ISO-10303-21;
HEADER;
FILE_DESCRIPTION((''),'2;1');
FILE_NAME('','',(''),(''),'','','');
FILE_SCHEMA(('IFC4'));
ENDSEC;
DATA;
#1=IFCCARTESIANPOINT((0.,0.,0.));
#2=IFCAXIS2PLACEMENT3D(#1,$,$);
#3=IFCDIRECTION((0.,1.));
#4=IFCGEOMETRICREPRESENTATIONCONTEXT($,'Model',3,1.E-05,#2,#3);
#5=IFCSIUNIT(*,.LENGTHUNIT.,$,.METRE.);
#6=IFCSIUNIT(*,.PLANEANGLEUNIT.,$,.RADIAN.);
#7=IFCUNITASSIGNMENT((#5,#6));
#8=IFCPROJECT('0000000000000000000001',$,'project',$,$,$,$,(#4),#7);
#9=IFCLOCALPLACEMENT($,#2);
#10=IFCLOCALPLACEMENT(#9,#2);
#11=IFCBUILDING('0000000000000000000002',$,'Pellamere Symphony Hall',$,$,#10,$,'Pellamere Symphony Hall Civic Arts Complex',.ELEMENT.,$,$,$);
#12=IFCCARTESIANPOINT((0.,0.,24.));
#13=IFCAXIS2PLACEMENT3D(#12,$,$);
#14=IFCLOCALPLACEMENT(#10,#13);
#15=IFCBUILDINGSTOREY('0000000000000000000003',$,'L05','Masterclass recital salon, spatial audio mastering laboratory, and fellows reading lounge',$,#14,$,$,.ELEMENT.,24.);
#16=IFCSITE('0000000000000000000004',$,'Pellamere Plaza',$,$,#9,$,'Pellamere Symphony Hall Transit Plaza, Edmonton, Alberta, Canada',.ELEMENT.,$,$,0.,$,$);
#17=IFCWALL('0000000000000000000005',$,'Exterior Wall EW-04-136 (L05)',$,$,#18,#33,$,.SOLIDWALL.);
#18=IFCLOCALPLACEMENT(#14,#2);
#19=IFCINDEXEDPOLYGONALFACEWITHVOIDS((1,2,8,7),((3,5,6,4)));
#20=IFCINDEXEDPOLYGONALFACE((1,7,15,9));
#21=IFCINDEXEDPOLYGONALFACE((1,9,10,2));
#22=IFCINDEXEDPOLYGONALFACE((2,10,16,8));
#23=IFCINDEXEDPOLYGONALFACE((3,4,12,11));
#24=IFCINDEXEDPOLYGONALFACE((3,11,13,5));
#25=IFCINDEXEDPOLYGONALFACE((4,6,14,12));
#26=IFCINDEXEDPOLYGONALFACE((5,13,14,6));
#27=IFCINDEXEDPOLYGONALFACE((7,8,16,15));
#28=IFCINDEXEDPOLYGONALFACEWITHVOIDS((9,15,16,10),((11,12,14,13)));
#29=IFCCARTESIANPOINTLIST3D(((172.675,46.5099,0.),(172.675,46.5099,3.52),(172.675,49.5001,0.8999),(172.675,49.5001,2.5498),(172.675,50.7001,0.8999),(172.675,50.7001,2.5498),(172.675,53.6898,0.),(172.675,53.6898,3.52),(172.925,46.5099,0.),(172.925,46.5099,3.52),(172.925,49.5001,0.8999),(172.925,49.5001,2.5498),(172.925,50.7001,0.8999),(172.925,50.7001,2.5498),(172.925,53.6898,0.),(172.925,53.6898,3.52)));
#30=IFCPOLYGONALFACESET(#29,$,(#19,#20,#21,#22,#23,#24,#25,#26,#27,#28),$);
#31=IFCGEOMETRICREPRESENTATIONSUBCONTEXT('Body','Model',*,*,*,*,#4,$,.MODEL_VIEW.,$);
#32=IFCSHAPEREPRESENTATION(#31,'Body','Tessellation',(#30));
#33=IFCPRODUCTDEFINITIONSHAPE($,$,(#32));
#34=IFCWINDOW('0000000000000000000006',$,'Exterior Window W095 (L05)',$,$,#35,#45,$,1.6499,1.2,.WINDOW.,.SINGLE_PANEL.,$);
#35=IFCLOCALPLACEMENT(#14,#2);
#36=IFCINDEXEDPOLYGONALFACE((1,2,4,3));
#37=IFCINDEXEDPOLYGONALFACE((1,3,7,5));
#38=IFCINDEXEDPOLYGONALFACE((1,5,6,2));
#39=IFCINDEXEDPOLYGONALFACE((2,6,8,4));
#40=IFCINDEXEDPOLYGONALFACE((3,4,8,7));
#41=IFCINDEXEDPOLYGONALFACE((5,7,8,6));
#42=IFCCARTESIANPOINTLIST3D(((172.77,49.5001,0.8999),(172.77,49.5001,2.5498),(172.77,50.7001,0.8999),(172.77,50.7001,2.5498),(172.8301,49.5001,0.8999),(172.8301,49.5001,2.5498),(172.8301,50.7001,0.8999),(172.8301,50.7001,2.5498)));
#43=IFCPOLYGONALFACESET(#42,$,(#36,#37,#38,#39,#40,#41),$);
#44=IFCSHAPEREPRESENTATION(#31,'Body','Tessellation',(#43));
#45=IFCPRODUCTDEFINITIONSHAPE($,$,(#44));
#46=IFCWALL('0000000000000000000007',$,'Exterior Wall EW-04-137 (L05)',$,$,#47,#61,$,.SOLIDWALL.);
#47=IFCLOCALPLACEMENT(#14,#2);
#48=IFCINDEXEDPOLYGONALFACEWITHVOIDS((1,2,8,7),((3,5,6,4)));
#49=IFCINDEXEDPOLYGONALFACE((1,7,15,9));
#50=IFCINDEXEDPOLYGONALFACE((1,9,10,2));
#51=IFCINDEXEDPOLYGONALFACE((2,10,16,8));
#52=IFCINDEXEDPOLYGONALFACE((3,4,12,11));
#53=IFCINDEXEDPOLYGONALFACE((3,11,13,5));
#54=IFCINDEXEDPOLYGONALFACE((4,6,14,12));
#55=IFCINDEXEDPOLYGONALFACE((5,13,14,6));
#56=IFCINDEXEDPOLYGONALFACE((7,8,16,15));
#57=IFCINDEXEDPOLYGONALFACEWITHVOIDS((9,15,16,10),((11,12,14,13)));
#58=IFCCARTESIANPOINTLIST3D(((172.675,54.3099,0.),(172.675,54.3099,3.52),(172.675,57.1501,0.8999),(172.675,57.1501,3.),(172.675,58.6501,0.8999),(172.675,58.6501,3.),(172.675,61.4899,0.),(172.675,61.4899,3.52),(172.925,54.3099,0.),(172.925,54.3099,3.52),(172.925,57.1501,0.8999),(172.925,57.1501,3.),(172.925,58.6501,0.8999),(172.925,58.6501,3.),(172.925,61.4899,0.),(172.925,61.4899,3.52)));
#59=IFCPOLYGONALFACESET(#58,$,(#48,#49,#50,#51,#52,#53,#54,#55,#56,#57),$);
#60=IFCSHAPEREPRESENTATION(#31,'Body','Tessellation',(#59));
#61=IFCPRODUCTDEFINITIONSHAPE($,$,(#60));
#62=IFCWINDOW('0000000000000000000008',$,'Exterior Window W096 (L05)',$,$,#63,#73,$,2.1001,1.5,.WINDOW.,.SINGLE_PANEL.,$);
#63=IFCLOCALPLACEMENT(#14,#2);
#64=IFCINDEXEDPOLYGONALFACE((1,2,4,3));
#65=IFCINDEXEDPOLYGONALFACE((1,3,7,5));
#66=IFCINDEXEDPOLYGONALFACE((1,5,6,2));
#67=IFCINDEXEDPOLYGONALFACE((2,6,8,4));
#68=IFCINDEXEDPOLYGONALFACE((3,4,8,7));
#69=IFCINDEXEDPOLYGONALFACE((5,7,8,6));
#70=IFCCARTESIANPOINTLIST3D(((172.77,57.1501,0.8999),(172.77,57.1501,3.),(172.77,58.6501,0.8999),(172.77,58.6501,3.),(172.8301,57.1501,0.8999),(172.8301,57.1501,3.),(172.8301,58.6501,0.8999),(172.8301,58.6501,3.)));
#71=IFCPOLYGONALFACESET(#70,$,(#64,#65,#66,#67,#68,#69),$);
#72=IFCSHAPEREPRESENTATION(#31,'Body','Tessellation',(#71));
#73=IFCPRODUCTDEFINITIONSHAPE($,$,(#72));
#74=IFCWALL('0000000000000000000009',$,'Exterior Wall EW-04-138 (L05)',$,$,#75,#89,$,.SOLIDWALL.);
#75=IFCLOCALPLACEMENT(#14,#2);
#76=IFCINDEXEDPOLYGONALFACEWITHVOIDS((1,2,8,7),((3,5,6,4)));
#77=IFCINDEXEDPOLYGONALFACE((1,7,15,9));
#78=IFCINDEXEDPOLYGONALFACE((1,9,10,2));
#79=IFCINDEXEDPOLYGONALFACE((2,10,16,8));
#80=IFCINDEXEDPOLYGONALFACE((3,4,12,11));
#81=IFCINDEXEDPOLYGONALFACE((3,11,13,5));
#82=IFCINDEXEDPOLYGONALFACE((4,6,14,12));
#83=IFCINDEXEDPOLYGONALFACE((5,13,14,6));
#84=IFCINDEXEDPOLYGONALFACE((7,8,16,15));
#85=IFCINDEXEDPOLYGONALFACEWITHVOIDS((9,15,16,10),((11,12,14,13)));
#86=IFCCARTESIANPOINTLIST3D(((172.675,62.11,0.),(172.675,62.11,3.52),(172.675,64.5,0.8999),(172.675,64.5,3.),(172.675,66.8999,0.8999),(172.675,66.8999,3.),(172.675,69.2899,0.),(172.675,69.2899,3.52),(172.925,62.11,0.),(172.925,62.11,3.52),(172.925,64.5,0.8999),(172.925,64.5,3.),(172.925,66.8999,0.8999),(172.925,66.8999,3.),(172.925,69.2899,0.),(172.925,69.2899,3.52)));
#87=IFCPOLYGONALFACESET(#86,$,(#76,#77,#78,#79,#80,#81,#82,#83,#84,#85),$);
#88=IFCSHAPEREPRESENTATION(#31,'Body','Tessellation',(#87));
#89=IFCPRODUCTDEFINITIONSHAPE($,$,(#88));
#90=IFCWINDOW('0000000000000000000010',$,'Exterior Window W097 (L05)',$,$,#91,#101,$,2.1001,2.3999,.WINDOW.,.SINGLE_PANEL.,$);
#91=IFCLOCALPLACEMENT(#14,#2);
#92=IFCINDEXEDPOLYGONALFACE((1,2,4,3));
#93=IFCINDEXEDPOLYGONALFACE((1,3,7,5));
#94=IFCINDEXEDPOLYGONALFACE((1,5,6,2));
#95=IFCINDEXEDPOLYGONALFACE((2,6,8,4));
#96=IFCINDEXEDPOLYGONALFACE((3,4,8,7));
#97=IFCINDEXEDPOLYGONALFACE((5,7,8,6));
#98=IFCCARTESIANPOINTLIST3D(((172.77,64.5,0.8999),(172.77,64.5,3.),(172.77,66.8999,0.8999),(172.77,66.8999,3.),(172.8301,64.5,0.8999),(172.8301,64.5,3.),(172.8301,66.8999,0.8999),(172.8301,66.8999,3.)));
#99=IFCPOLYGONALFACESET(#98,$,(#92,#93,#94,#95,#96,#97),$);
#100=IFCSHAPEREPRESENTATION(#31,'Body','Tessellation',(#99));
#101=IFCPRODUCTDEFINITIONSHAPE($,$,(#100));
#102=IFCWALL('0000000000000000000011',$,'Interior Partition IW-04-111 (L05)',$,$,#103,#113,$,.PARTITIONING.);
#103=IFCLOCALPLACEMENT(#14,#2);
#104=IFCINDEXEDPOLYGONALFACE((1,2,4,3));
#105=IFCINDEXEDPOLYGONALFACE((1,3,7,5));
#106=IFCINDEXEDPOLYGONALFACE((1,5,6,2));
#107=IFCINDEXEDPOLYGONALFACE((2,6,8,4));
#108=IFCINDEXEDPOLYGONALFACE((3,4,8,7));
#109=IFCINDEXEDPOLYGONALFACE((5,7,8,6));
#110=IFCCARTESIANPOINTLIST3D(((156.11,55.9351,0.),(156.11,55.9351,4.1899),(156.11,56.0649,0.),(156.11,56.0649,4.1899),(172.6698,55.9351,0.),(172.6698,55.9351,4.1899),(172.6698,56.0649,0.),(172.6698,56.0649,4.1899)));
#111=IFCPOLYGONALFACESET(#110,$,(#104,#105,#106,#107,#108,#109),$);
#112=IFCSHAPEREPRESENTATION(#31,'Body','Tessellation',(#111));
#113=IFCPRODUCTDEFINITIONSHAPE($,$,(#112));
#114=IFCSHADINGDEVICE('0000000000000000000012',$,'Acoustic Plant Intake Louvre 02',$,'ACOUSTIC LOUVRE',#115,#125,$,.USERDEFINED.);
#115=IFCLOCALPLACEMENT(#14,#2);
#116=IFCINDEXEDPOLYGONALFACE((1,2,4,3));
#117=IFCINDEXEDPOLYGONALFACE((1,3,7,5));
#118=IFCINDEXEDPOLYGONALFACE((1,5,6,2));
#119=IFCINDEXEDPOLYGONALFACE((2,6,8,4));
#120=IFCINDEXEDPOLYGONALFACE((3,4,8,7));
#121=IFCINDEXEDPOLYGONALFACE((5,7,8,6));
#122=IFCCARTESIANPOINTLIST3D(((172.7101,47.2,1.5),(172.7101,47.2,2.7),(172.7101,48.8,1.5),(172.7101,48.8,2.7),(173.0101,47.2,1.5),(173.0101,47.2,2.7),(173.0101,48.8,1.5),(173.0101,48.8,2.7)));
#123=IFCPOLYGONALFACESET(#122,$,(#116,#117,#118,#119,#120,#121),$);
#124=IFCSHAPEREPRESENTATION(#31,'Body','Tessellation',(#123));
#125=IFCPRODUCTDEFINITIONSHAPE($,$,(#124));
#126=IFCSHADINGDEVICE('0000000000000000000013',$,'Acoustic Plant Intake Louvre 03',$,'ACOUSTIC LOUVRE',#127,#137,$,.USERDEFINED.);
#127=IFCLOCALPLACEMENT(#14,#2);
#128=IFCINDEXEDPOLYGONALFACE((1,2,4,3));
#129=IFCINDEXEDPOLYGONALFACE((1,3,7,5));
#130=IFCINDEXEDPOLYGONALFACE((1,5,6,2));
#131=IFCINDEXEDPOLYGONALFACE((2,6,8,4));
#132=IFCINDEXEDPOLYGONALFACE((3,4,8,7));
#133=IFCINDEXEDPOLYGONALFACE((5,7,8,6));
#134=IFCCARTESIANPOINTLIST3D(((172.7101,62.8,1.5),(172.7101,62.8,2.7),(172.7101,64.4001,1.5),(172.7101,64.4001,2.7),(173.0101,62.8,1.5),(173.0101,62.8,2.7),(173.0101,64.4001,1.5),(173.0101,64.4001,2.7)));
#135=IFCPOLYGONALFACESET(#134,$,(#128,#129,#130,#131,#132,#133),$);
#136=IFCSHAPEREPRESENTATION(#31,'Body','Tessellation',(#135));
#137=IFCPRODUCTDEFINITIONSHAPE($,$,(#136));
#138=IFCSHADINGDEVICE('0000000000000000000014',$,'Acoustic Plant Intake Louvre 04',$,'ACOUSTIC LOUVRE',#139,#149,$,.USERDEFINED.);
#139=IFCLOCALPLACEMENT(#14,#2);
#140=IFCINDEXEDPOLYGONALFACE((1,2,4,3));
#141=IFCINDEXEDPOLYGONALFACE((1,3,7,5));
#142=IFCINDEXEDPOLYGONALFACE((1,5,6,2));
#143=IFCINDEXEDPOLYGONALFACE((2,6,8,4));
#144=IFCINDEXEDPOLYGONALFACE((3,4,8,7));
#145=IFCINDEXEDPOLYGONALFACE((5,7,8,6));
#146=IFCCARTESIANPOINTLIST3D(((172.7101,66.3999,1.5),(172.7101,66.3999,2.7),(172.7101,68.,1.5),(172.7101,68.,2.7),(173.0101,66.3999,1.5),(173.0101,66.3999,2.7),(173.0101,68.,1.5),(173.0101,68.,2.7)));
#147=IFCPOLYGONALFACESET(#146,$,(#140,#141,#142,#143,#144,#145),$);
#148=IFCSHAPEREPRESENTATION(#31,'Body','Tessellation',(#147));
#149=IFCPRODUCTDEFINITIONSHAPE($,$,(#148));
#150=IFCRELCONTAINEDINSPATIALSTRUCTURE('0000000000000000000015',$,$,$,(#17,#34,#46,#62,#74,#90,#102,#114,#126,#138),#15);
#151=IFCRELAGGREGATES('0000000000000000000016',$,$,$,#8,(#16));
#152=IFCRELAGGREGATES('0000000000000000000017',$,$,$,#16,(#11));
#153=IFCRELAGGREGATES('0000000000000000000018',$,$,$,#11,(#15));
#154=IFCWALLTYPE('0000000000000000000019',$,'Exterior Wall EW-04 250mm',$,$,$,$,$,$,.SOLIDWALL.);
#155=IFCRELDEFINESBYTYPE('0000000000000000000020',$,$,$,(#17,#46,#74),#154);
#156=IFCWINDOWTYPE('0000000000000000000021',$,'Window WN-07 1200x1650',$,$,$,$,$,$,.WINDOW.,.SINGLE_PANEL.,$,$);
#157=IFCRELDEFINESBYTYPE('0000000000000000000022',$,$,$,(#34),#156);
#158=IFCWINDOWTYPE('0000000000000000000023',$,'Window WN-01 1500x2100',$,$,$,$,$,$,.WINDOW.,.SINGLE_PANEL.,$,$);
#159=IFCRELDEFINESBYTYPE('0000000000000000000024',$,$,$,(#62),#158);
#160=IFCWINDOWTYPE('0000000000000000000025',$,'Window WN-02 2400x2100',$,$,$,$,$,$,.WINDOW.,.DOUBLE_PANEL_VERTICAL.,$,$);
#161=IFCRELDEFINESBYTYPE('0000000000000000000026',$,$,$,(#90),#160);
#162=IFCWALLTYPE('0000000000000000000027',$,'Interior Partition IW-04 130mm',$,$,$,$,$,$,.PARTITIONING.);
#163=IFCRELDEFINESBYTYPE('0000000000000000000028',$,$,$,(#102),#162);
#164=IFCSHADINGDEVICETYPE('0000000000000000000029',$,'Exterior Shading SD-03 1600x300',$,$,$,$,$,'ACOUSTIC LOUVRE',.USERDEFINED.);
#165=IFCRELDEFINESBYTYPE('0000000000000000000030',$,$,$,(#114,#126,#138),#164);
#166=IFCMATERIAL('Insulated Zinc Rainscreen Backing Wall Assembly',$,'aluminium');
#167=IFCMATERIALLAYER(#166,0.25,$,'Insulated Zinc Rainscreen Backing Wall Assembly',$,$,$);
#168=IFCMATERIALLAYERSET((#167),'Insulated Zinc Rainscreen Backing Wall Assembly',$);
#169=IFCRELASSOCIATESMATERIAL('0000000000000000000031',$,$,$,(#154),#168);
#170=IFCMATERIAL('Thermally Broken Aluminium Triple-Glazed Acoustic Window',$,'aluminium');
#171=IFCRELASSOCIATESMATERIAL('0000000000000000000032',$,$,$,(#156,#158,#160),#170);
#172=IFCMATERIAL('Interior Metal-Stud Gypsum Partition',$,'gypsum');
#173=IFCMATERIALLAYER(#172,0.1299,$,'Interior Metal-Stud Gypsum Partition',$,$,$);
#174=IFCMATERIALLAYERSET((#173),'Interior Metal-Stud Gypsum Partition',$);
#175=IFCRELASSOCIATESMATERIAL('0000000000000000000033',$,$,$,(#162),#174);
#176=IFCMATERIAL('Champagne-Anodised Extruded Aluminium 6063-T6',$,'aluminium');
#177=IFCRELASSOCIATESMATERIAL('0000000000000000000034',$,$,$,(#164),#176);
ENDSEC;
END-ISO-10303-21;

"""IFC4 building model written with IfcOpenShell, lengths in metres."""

from ifc_helpers import new_model, si_unit, direction, frame, frame_2d, origin, origin_2d, place, context, subcontext, project, spatial, rectangle, extrude, material, layer, layer_set, type_object, element, fill, save


model = new_model("IFC4")

# Units and contexts
model_context = context("Model", 3, precision=1e-05, world=origin(), true_north=direction((0.0, 1.0)))
body_context = subcontext(model_context, "Body", "Model", "MODEL_VIEW")
ifc_project = project(units=[si_unit("LENGTHUNIT", "METRE"), si_unit("PLANEANGLEUNIT", "RADIAN")], contexts=[model_context])

# Site, building, storey
site_placement = place(None, origin())
site = spatial("IfcSite", under=ifc_project, at=site_placement, Name="Pellamere Plaza", LongName="Pellamere Symphony Hall Transit Plaza, Edmonton, Alberta, Canada", CompositionType="ELEMENT", RefElevation=0.0)
building_placement = place(site_placement, origin())
building = spatial("IfcBuilding", under=site, at=building_placement, Name="Pellamere Symphony Hall", LongName="Pellamere Symphony Hall Civic Arts Complex", CompositionType="ELEMENT")
storey_placement = place(building_placement, frame((0.0, 0.0, 24.0)))
storey = spatial("IfcBuildingStorey", under=building, at=storey_placement, Name="L05", Description="Masterclass recital salon, spatial audio mastering laboratory, and fellows reading lounge", CompositionType="ELEMENT", Elevation=24.0)

# Walls, openings, windows
ifc_material_1 = material(Name="Insulated Zinc Rainscreen Backing Wall Assembly", Category="aluminium")
ifc_layer_1 = layer(ifc_material_1, 0.25, Name="Insulated Zinc Rainscreen Backing Wall Assembly")
ifc_layer_set_1 = layer_set([ifc_layer_1], Name="Insulated Zinc Rainscreen Backing Wall Assembly")
wall_type_1 = type_object("IfcWallType", Name="Exterior Wall EW-04 250mm", PredefinedType="SOLIDWALL", material=ifc_layer_set_1)
wall_1_placement = place(storey_placement, frame((172.8, 46.51, 0.0), z_axis=(0.0, 0.0, 1.0), x_axis=(0.0, 1.0, 0.0)))
wall_1 = element("IfcWall", 1, at=wall_1_placement, inside=storey, type_object=wall_type_1, Name="Exterior Wall EW-04-136 (L05)", PredefinedType="SOLIDWALL", context=body_context, shape_type="SweptSolid", body=[
    extrude(rectangle(XDim=7.1799, YDim=0.25, at=frame_2d((3.5898, 0.0))), origin(), (0.0, 0.0, 1.0), 3.52),
])
opening_1_placement = place(wall_1_placement, frame((2.99, 0.0, 0.8999)))
opening_1 = element("IfcOpeningElement", 2, at=opening_1_placement, cuts=wall_1, PredefinedType="OPENING", context=body_context, shape_type="SweptSolid", body=[
    extrude(rectangle(XDim=1.2, YDim=1.6499, at=frame_2d((0.6001, 0.825))), frame((0.0, 0.135, 0.0), z_axis=(0.0, -1.0, 0.0), x_axis=(1.0, 0.0, 0.0)), (0.0, 0.0, 1.0), 0.27),
])
ifc_material_2 = material(Name="Thermally Broken Aluminium Triple-Glazed Acoustic Window", Category="aluminium")
window_type_1 = type_object("IfcWindowType", Name="Window WN-07 1200x1650", PartitioningType="SINGLE_PANEL", PredefinedType="WINDOW", material=ifc_material_2)
window_1_placement = place(opening_1_placement, origin())
window_1 = element("IfcWindow", 3, at=window_1_placement, inside=storey, type_object=window_type_1, Name="Exterior Window W095 (L05)", OverallHeight=1.6499, OverallWidth=1.2, PartitioningType="SINGLE_PANEL", PredefinedType="WINDOW", context=body_context, shape_type="SweptSolid", body=[
    extrude(rectangle(XDim=1.2, YDim=1.6499, at=frame_2d((0.6001, 0.825))), frame((0.0, 0.03, 0.0), z_axis=(0.0, -1.0, 0.0), x_axis=(1.0, 0.0, 0.0)), (0.0, 0.0, 1.0), 0.0601),
])
fill(opening_1, window_1)
wall_2_placement = place(storey_placement, frame((172.8, 54.3101, 0.0), z_axis=(0.0, 0.0, 1.0), x_axis=(0.0, 1.0, 0.0)))
wall_2 = element("IfcWall", 4, at=wall_2_placement, inside=storey, type_object=wall_type_1, Name="Exterior Wall EW-04-137 (L05)", PredefinedType="SOLIDWALL", context=body_context, shape_type="SweptSolid", body=[
    extrude(rectangle(XDim=7.1799, YDim=0.25, at=frame_2d((3.5898, 0.0))), origin(), (0.0, 0.0, 1.0), 3.52),
])
opening_2_placement = place(wall_2_placement, frame((2.8401, 0.0, 0.8999)))
opening_2 = element("IfcOpeningElement", 5, at=opening_2_placement, cuts=wall_2, PredefinedType="OPENING", context=body_context, shape_type="SweptSolid", body=[
    extrude(rectangle(XDim=1.5, YDim=2.1001, at=frame_2d((0.75, 1.05))), frame((0.0, 0.135, 0.0), z_axis=(0.0, -1.0, 0.0), x_axis=(1.0, 0.0, 0.0)), (0.0, 0.0, 1.0), 0.27),
])
window_type_2 = type_object("IfcWindowType", Name="Window WN-01 1500x2100", PartitioningType="SINGLE_PANEL", PredefinedType="WINDOW", material=ifc_material_2)
window_2_placement = place(opening_2_placement, origin())
window_2 = element("IfcWindow", 6, at=window_2_placement, inside=storey, type_object=window_type_2, Name="Exterior Window W096 (L05)", OverallHeight=2.1001, OverallWidth=1.5, PartitioningType="SINGLE_PANEL", PredefinedType="WINDOW", context=body_context, shape_type="SweptSolid", body=[
    extrude(rectangle(XDim=1.5, YDim=2.1001, at=frame_2d((0.75, 1.05))), frame((0.0, 0.03, 0.0), z_axis=(0.0, -1.0, 0.0), x_axis=(1.0, 0.0, 0.0)), (0.0, 0.0, 1.0), 0.0601),
])
fill(opening_2, window_2)
wall_3_placement = place(storey_placement, frame((172.8, 62.1101, 0.0), z_axis=(0.0, 0.0, 1.0), x_axis=(0.0, 1.0, 0.0)))
wall_3 = element("IfcWall", 7, at=wall_3_placement, inside=storey, type_object=wall_type_1, Name="Exterior Wall EW-04-138 (L05)", PredefinedType="SOLIDWALL", context=body_context, shape_type="SweptSolid", body=[
    extrude(rectangle(XDim=7.1799, YDim=0.25, at=frame_2d((3.5898, 0.0))), origin(), (0.0, 0.0, 1.0), 3.52),
])
opening_3_placement = place(wall_3_placement, frame((2.3899, 0.0, 0.8999)))
opening_3 = element("IfcOpeningElement", 8, at=opening_3_placement, cuts=wall_3, PredefinedType="OPENING", context=body_context, shape_type="SweptSolid", body=[
    extrude(rectangle(XDim=2.3999, YDim=2.1001, at=frame_2d((1.2, 1.05))), frame((0.0, 0.135, 0.0), z_axis=(0.0, -1.0, 0.0), x_axis=(1.0, 0.0, 0.0)), (0.0, 0.0, 1.0), 0.27),
])
window_type_3 = type_object("IfcWindowType", Name="Window WN-02 2400x2100", PartitioningType="DOUBLE_PANEL_VERTICAL", PredefinedType="WINDOW", material=ifc_material_2)
window_3_placement = place(opening_3_placement, origin())
window_3 = element("IfcWindow", 9, at=window_3_placement, inside=storey, type_object=window_type_3, Name="Exterior Window W097 (L05)", OverallHeight=2.1001, OverallWidth=2.3999, PartitioningType="SINGLE_PANEL", PredefinedType="WINDOW", context=body_context, shape_type="SweptSolid", body=[
    extrude(rectangle(XDim=2.3999, YDim=2.1001, at=frame_2d((1.2, 1.05))), frame((0.0, 0.03, 0.0), z_axis=(0.0, -1.0, 0.0), x_axis=(1.0, 0.0, 0.0)), (0.0, 0.0, 1.0), 0.0601),
])
fill(opening_3, window_3)

# Wall
ifc_material_3 = material(Name="Interior Metal-Stud Gypsum Partition", Category="gypsum")
ifc_layer_2 = layer(ifc_material_3, 0.1299, Name="Interior Metal-Stud Gypsum Partition")
ifc_layer_set_2 = layer_set([ifc_layer_2], Name="Interior Metal-Stud Gypsum Partition")
wall_type_2 = type_object("IfcWallType", Name="Interior Partition IW-04 130mm", PredefinedType="PARTITIONING", material=ifc_layer_set_2)
wall_4_placement = place(storey_placement, frame((156.1101, 56.0, 0.0), z_axis=(0.0, 0.0, 1.0), x_axis=(1.0, 0.0, 0.0)))
element("IfcWall", 10, at=wall_4_placement, inside=storey, type_object=wall_type_2, Name="Interior Partition IW-04-111 (L05)", PredefinedType="PARTITIONING", context=body_context, shape_type="SweptSolid", body=[
    extrude(rectangle(XDim=16.5598, YDim=0.1299, at=frame_2d((8.2798, 0.0))), origin(), (0.0, 0.0, 1.0), 4.1899),
])

# Shading devices
ifc_material_4 = material(Name="Champagne-Anodised Extruded Aluminium 6063-T6", Category="aluminium")
shading_device_type = type_object("IfcShadingDeviceType", Name="Exterior Shading SD-03 1600x300", ElementType="ACOUSTIC LOUVRE", PredefinedType="USERDEFINED", material=ifc_material_4)
for number, where, z_axis, x_axis, name in (
    (11, (172.8601, 48.0, 1.5), (0.0, 0.0, 1.0), (1.0, 0.0, 0.0), "Acoustic Plant Intake Louvre 02"),
    (12, (172.8601, 63.6001, 1.5), (0.0, 0.0, 1.0), (1.0, 0.0, 0.0), "Acoustic Plant Intake Louvre 03"),
    (13, (172.8601, 67.2, 1.5), (0.0, 0.0, 1.0), (1.0, 0.0, 0.0), "Acoustic Plant Intake Louvre 04"),
):
    element("IfcShadingDevice", number, at=place(storey_placement, frame(where, z_axis=z_axis, x_axis=x_axis)), inside=storey, type_object=shading_device_type, Name=name, ObjectType="ACOUSTIC LOUVRE", PredefinedType="USERDEFINED", context=body_context, shape_type="SweptSolid", body=[
        extrude(rectangle(XDim=0.3, YDim=1.6001, at=origin_2d()), origin(), (0.0, 0.0, 1.0), 1.2),
    ])

save(model, "model.ifc")
